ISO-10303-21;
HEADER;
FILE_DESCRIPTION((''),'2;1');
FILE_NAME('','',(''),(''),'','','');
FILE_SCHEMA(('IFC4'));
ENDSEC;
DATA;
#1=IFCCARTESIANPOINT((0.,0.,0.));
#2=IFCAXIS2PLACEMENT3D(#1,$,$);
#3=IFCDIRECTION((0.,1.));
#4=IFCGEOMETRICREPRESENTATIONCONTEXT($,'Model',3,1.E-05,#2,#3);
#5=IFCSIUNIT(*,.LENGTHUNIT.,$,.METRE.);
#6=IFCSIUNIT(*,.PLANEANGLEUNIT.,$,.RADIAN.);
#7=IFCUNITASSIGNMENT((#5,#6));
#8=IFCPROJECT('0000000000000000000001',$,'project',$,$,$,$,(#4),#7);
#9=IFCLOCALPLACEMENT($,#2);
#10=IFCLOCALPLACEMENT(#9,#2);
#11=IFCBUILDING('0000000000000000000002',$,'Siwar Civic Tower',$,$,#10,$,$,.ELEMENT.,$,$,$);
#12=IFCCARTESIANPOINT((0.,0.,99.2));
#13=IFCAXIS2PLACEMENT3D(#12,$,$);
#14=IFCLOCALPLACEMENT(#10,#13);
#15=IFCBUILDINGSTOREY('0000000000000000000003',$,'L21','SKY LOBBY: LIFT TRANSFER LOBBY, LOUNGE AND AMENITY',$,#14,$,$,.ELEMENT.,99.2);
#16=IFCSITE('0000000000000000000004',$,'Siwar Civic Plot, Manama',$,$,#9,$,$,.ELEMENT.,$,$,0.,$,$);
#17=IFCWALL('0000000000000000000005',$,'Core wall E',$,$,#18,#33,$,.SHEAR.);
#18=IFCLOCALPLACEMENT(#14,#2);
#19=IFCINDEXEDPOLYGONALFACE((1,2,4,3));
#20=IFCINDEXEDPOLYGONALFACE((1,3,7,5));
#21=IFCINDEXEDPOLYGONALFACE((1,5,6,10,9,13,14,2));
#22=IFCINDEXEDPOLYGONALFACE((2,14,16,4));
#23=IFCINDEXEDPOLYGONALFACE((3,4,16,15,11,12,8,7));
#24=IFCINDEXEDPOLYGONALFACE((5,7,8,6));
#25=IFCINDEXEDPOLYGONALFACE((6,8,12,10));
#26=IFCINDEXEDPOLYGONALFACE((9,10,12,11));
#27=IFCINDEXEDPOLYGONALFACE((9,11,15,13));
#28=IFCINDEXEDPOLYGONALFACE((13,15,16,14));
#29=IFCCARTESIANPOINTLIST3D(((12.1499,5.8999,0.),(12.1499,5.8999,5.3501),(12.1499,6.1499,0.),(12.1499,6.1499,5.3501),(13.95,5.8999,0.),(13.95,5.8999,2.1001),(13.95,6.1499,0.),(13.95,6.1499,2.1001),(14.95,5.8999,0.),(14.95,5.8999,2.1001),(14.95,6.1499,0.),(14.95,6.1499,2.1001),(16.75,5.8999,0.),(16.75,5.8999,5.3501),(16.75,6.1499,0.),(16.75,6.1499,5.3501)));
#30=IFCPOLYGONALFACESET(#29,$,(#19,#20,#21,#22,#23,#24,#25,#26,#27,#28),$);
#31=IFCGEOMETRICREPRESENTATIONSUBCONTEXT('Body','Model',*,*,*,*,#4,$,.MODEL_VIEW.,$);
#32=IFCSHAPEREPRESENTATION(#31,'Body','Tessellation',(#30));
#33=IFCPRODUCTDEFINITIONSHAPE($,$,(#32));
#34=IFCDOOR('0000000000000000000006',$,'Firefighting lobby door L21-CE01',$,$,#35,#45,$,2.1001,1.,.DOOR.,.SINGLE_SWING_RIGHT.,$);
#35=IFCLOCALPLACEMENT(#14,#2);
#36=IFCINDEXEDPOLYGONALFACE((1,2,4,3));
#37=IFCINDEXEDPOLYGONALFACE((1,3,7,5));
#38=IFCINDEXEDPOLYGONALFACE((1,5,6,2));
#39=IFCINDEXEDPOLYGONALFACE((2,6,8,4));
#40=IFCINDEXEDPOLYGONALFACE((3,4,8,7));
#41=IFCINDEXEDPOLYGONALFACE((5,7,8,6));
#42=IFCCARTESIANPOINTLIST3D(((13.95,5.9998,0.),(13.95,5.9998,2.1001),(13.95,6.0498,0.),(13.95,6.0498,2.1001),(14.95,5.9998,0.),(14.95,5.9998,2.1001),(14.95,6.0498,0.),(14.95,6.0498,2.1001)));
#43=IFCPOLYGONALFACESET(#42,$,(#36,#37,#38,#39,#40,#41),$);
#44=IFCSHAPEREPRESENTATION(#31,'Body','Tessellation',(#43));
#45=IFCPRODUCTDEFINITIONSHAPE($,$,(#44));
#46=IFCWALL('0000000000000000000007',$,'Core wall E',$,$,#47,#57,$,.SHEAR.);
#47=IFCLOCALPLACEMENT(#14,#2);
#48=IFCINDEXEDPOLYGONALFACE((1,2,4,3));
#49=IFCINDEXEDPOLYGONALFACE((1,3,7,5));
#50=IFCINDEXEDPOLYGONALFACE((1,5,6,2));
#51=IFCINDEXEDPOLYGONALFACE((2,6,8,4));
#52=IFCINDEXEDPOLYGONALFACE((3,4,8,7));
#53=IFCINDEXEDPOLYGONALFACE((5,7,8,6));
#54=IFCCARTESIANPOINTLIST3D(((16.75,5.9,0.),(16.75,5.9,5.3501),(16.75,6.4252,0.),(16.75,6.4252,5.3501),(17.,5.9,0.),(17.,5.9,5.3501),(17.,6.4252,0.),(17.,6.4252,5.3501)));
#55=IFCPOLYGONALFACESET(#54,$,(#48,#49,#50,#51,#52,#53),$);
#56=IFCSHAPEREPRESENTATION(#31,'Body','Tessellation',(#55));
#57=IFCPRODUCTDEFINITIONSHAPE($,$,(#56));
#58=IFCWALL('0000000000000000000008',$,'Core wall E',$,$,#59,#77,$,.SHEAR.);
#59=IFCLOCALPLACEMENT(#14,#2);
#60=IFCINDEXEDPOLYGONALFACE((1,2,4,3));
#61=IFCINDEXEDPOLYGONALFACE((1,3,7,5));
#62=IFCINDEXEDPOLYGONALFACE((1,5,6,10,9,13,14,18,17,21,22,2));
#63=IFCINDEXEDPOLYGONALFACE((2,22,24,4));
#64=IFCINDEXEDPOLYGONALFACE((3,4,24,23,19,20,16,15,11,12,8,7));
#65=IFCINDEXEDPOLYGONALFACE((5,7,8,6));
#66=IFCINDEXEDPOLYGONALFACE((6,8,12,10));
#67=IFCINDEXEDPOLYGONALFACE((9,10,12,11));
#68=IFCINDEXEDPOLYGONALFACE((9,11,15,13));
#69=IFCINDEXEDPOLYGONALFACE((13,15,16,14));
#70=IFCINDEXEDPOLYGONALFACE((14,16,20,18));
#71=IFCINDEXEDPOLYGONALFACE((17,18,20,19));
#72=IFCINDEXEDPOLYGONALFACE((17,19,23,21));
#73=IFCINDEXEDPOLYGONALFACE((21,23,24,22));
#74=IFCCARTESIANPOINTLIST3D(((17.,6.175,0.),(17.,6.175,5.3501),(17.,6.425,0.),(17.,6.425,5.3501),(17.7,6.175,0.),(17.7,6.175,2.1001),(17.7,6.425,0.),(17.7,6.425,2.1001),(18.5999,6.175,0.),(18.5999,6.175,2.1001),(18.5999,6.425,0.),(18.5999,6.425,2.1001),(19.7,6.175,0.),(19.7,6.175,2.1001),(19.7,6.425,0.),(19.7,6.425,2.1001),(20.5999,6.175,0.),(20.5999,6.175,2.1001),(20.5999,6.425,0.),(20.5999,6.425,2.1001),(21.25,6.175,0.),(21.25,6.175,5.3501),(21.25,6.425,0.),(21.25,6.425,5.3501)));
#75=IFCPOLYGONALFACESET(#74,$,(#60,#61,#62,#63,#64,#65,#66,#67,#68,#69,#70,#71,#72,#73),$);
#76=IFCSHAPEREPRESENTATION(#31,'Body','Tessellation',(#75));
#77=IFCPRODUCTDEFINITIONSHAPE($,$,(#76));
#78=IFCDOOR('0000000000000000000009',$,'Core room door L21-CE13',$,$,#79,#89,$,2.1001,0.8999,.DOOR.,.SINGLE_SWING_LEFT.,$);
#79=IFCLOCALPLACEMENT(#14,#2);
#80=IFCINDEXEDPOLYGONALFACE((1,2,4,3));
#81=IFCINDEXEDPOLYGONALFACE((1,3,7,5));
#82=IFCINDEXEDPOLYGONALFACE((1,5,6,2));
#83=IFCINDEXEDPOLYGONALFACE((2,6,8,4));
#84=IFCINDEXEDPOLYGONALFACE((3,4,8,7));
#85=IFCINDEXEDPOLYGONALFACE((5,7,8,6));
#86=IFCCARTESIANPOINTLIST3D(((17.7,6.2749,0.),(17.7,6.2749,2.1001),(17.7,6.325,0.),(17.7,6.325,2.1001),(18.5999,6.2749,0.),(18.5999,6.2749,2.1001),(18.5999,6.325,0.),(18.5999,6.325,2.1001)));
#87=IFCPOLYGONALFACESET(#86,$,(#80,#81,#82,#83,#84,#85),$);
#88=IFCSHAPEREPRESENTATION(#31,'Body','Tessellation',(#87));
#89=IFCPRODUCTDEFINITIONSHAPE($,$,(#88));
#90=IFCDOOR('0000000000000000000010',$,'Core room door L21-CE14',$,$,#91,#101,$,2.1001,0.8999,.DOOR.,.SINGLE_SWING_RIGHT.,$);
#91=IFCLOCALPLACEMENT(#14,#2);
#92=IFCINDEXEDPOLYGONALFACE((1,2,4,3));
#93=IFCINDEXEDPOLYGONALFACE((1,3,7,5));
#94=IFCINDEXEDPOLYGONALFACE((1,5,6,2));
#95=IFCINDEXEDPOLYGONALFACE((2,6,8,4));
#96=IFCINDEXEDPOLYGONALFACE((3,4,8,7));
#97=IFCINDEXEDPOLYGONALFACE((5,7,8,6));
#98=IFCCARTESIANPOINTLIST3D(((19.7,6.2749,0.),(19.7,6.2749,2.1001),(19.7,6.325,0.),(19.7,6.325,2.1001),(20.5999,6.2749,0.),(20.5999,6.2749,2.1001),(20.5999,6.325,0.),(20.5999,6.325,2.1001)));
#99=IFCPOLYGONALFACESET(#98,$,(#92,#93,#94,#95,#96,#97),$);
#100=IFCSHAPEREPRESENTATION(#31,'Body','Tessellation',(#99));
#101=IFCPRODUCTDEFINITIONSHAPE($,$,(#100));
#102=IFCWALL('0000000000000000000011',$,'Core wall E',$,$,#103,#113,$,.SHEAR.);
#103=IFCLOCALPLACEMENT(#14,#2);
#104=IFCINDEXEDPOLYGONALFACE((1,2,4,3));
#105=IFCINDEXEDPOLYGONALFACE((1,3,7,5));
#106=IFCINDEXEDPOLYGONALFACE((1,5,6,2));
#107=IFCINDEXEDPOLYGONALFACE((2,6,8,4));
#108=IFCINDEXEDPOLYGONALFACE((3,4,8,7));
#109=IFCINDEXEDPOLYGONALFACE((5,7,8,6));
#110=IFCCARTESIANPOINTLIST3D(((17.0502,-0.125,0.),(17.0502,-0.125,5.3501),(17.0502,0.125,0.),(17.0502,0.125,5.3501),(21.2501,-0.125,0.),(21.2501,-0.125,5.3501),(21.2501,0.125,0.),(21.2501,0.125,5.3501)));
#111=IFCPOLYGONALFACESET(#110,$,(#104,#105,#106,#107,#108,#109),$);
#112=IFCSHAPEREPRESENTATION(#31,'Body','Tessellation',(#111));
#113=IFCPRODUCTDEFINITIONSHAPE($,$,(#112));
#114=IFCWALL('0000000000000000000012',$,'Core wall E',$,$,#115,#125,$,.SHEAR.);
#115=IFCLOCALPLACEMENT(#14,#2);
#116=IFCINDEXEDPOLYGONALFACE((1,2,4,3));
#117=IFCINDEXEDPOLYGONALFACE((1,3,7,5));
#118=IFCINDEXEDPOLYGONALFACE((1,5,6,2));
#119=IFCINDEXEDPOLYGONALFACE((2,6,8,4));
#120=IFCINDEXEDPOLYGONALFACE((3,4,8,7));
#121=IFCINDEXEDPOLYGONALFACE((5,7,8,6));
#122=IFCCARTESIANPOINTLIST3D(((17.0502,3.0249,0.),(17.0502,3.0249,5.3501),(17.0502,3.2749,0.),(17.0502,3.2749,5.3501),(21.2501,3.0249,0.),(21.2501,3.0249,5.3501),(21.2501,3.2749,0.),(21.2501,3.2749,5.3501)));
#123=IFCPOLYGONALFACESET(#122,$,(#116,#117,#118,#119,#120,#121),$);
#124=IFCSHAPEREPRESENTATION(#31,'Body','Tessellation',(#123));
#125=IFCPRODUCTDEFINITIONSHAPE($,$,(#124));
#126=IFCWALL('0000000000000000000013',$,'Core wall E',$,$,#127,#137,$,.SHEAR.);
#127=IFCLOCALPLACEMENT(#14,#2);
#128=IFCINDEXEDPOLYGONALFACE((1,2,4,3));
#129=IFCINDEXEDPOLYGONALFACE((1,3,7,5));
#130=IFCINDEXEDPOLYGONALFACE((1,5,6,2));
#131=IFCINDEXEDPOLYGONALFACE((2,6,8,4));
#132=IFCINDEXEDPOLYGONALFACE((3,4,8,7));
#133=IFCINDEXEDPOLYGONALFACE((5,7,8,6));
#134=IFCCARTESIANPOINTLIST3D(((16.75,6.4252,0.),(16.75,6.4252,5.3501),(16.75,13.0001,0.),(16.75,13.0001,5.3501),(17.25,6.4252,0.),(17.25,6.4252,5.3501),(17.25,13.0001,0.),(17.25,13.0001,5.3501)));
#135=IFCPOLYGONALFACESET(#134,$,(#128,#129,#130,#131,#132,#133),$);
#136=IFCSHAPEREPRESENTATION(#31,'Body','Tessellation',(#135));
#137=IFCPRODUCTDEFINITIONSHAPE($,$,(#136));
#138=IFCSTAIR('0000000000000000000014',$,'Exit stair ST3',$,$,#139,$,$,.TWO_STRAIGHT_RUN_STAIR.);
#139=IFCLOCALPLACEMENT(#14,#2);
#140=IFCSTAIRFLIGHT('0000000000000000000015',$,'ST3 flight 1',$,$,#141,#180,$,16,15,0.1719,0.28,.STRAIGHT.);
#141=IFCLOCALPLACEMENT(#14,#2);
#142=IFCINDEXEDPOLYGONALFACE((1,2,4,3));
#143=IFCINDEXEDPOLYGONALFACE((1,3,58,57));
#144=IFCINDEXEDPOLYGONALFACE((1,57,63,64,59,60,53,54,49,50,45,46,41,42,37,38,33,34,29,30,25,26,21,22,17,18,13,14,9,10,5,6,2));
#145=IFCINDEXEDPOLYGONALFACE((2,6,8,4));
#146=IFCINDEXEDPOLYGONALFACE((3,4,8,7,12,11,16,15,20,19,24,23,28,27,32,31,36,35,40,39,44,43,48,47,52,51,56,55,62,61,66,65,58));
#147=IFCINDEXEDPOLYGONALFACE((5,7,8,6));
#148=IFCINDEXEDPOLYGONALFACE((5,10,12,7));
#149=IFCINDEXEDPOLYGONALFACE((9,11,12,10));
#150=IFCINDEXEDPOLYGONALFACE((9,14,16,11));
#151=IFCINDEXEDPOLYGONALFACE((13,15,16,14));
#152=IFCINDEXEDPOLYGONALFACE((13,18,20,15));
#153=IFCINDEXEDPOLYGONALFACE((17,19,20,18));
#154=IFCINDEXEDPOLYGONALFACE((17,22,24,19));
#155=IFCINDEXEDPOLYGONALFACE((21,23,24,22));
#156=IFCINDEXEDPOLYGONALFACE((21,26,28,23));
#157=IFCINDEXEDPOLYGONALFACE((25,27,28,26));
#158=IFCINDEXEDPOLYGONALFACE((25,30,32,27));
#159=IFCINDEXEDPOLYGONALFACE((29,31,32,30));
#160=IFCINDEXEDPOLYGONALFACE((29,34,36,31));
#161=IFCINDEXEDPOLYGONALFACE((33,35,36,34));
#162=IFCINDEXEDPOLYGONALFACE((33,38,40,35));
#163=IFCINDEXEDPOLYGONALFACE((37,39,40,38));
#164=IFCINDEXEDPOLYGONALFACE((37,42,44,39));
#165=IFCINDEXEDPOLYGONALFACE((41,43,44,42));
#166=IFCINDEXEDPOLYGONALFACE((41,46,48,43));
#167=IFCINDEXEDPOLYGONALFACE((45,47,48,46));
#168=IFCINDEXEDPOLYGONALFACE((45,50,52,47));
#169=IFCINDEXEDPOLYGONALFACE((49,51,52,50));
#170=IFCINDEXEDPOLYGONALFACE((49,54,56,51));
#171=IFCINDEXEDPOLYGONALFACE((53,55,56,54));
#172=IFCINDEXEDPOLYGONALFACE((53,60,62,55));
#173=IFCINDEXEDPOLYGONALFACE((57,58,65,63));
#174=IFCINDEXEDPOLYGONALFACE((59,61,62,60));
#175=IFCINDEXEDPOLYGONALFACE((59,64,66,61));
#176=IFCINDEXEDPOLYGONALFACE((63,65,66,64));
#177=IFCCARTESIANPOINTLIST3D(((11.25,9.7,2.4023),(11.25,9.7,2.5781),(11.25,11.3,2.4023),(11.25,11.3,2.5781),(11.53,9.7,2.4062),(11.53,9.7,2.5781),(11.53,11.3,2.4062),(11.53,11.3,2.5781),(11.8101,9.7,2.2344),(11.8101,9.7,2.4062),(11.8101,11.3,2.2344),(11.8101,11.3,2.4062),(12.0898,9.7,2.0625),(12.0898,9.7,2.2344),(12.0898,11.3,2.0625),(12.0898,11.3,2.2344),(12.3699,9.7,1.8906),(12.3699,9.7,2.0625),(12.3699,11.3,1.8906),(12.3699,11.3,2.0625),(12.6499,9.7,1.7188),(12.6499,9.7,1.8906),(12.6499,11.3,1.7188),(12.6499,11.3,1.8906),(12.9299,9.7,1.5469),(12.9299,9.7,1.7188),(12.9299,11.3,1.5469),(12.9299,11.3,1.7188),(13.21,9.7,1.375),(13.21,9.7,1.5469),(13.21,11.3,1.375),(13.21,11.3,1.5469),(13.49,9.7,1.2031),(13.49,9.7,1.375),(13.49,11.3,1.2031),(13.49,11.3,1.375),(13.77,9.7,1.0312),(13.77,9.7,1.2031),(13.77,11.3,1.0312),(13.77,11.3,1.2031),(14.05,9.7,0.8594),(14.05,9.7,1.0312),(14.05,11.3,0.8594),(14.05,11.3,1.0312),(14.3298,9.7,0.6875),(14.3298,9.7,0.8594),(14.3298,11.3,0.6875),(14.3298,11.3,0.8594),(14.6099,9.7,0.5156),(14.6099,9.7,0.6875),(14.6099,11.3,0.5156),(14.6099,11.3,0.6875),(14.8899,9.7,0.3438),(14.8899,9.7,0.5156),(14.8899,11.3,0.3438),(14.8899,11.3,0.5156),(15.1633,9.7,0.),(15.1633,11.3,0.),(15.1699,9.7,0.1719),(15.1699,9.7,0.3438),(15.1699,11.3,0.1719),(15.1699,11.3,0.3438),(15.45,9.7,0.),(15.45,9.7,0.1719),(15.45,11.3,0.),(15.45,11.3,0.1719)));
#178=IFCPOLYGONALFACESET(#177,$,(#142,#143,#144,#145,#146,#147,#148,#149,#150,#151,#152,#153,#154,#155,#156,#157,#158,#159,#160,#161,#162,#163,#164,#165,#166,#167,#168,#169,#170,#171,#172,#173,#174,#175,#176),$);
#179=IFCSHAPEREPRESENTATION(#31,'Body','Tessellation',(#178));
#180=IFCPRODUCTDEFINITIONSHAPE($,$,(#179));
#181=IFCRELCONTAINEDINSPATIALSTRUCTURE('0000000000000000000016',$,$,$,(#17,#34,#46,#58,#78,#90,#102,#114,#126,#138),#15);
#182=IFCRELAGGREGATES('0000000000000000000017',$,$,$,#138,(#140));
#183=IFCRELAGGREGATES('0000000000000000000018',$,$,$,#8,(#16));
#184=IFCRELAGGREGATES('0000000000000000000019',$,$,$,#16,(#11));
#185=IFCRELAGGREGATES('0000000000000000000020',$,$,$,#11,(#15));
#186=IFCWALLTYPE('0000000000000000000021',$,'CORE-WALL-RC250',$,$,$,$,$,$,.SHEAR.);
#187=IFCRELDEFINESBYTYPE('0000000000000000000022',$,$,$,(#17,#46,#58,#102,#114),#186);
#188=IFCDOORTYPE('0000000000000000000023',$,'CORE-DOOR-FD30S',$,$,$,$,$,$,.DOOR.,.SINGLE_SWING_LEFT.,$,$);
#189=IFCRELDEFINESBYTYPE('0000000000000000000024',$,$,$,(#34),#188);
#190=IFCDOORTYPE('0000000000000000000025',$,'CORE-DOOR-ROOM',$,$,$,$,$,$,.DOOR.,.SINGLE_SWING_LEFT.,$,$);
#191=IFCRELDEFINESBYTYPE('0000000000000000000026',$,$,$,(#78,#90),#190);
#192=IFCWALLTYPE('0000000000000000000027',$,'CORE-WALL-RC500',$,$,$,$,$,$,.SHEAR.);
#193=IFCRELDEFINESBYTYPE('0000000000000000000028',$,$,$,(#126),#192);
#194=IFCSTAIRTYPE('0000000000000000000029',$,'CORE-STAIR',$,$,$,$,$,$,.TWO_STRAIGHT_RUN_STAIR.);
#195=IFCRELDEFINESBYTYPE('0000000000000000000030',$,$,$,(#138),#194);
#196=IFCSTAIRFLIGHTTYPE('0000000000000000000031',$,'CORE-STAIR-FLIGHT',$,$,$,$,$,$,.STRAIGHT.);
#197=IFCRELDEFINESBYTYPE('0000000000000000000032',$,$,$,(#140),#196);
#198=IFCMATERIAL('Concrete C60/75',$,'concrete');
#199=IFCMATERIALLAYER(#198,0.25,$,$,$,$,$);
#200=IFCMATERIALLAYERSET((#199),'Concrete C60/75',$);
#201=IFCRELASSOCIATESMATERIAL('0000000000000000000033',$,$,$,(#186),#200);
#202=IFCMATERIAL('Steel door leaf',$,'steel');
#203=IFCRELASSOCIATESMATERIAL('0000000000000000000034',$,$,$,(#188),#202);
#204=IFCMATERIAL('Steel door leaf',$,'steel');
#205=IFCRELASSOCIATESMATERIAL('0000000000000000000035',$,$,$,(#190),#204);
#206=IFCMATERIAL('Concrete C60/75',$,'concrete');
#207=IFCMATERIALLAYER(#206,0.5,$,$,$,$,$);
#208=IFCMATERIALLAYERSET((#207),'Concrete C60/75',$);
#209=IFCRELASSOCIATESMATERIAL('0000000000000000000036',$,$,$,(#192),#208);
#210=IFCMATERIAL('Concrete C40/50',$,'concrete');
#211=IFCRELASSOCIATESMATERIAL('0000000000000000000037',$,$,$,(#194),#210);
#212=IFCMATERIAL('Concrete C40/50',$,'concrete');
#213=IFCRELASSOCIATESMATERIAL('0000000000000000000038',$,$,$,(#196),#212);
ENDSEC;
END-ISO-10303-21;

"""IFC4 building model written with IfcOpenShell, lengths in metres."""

from ifc_helpers import new_model, si_unit, direction, frame, frame_2d, origin, place, context, subcontext, project, spatial, polyline, rectangle, outline, extrude, material, layer, layer_set, type_object, element, fill, aggregate, save


model = new_model("IFC4")

# Units and contexts
model_context = context("Model", 3, precision=1e-05, world=origin(), true_north=direction((0.0, 1.0)))
body_context = subcontext(model_context, "Body", "Model", "MODEL_VIEW")
ifc_project = project(units=[si_unit("LENGTHUNIT", "METRE"), si_unit("PLANEANGLEUNIT", "RADIAN")], contexts=[model_context])

# Site, building, storey
site_placement = place(None, origin())
site = spatial("IfcSite", under=ifc_project, at=site_placement, Name="Siwar Civic Plot, Manama", CompositionType="ELEMENT", RefElevation=0.0)
building_placement = place(site_placement, origin())
building = spatial("IfcBuilding", under=site, at=building_placement, Name="Siwar Civic Tower", CompositionType="ELEMENT")
storey_placement = place(building_placement, frame((0.0, 0.0, 99.2)))
storey = spatial("IfcBuildingStorey", under=building, at=storey_placement, Name="L21", Description="SKY LOBBY: LIFT TRANSFER LOBBY, LOUNGE AND AMENITY", CompositionType="ELEMENT", Elevation=99.2)

# Wall, opening, door
ifc_material_1 = material(Name="Concrete C60/75", Category="concrete")
ifc_layer_1 = layer(ifc_material_1, 0.25)
ifc_layer_set_1 = layer_set([ifc_layer_1], Name="Concrete C60/75")
wall_type_1 = type_object("IfcWallType", Name="CORE-WALL-RC250", PredefinedType="SHEAR", material=ifc_layer_set_1)
wall_1_placement = place(storey_placement, frame((12.1499, 6.0249, 0.0), z_axis=(0.0, 0.0, 1.0), x_axis=(1.0, 0.0, 0.0)))
wall_1 = element("IfcWall", 1, at=wall_1_placement, inside=storey, type_object=wall_type_1, Name="Core wall E", PredefinedType="SHEAR", context=body_context, shape_type="SweptSolid", body=[
    extrude(rectangle(XDim=4.6001, YDim=0.25, at=frame_2d((2.3, 0.0))), origin(), (0.0, 0.0, 1.0), 5.3501),
])
opening_1_placement = place(wall_1_placement, frame((1.8, 0.0, 0.0)))
opening_1 = element("IfcOpeningElement", 2, at=opening_1_placement, cuts=wall_1, PredefinedType="OPENING", context=body_context, shape_type="SweptSolid", body=[
    extrude(rectangle(XDim=1.0, YDim=2.1001, at=frame_2d((0.5, 1.05))), frame((0.0, 0.135, 0.0), z_axis=(0.0, -1.0, 0.0), x_axis=(1.0, 0.0, 0.0)), (0.0, 0.0, 1.0), 0.27),
])
ifc_material_2 = material(Name="Steel door leaf", Category="steel")
door_type_1 = type_object("IfcDoorType", Name="CORE-DOOR-FD30S", OperationType="SINGLE_SWING_LEFT", PredefinedType="DOOR", material=ifc_material_2)
door_1_placement = place(opening_1_placement, origin())
door_1 = element("IfcDoor", 3, at=door_1_placement, inside=storey, type_object=door_type_1, Name="Firefighting lobby door L21-CE01", OperationType="SINGLE_SWING_RIGHT", OverallHeight=2.1001, OverallWidth=1.0, PredefinedType="DOOR", context=body_context, shape_type="SweptSolid", body=[
    extrude(rectangle(XDim=1.0, YDim=2.1001, at=frame_2d((0.5, 1.05))), frame((0.0, 0.0249, 0.0), z_axis=(0.0, -1.0, 0.0), x_axis=(1.0, 0.0, 0.0)), (0.0, 0.0, 1.0), 0.05),
])
fill(opening_1, door_1)

# Wall
wall_2_placement = place(storey_placement, frame((16.875, 5.8999, 0.0), z_axis=(0.0, 0.0, 1.0), x_axis=(0.0, 1.0, 0.0)))
element("IfcWall", 4, at=wall_2_placement, inside=storey, type_object=wall_type_1, Name="Core wall E", PredefinedType="SHEAR", context=body_context, shape_type="SweptSolid", body=[
    extrude(rectangle(XDim=0.5251, YDim=0.25, at=frame_2d((0.2627, 0.0))), origin(), (0.0, 0.0, 1.0), 5.3501),
])

# Wall, openings, doors
wall_3_placement = place(storey_placement, frame((17.0, 6.3, 0.0), z_axis=(0.0, 0.0, 1.0), x_axis=(1.0, 0.0, 0.0)))
wall_3 = element("IfcWall", 5, at=wall_3_placement, inside=storey, type_object=wall_type_1, Name="Core wall E", PredefinedType="SHEAR", context=body_context, shape_type="SweptSolid", body=[
    extrude(rectangle(XDim=4.25, YDim=0.25, at=frame_2d((2.125, 0.0))), origin(), (0.0, 0.0, 1.0), 5.3501),
])
opening_2_placement = place(wall_3_placement, frame((0.7, 0.0, 0.0)))
opening_2 = element("IfcOpeningElement", 6, at=opening_2_placement, cuts=wall_3, PredefinedType="OPENING", context=body_context, shape_type="SweptSolid", body=[
    extrude(rectangle(XDim=0.8999, YDim=2.1001, at=frame_2d((0.45, 1.05))), frame((0.0, 0.135, 0.0), z_axis=(0.0, -1.0, 0.0), x_axis=(1.0, 0.0, 0.0)), (0.0, 0.0, 1.0), 0.27),
])
opening_3_placement = place(wall_3_placement, frame((2.7, 0.0, 0.0)))
opening_3 = element("IfcOpeningElement", 7, at=opening_3_placement, cuts=wall_3, PredefinedType="OPENING", context=body_context, shape_type="SweptSolid", body=[
    extrude(rectangle(XDim=0.8999, YDim=2.1001, at=frame_2d((0.45, 1.05))), frame((0.0, 0.135, 0.0), z_axis=(0.0, -1.0, 0.0), x_axis=(1.0, 0.0, 0.0)), (0.0, 0.0, 1.0), 0.27),
])
ifc_material_3 = material(Name="Steel door leaf", Category="steel")
door_type_2 = type_object("IfcDoorType", Name="CORE-DOOR-ROOM", OperationType="SINGLE_SWING_LEFT", PredefinedType="DOOR", material=ifc_material_3)
door_2_placement = place(opening_2_placement, origin())
door_2 = element("IfcDoor", 8, at=door_2_placement, inside=storey, type_object=door_type_2, Name="Core room door L21-CE13", OperationType="SINGLE_SWING_LEFT", OverallHeight=2.1001, OverallWidth=0.8999, PredefinedType="DOOR", context=body_context, shape_type="SweptSolid", body=[
    extrude(rectangle(XDim=0.8999, YDim=2.1001, at=frame_2d((0.45, 1.05))), frame((0.0, 0.0249, 0.0), z_axis=(0.0, -1.0, 0.0), x_axis=(1.0, 0.0, 0.0)), (0.0, 0.0, 1.0), 0.05),
])
fill(opening_2, door_2)
door_3_placement = place(opening_3_placement, origin())
door_3 = element("IfcDoor", 9, at=door_3_placement, inside=storey, type_object=door_type_2, Name="Core room door L21-CE14", OperationType="SINGLE_SWING_RIGHT", OverallHeight=2.1001, OverallWidth=0.8999, PredefinedType="DOOR", context=body_context, shape_type="SweptSolid", body=[
    extrude(rectangle(XDim=0.8999, YDim=2.1001, at=frame_2d((0.45, 1.05))), frame((0.0, 0.0249, 0.0), z_axis=(0.0, -1.0, 0.0), x_axis=(1.0, 0.0, 0.0)), (0.0, 0.0, 1.0), 0.05),
])
fill(opening_3, door_3)

# Walls
for number, where, z_axis, x_axis, name in (
    (10, (17.05, 0.0, 0.0), (0.0, 0.0, 1.0), (1.0, 0.0, 0.0), "Core wall E"),
    (11, (17.05, 3.1499, 0.0), (0.0, 0.0, 1.0), (1.0, 0.0, 0.0), "Core wall E"),
):
    element("IfcWall", number, at=place(storey_placement, frame(where, z_axis=z_axis, x_axis=x_axis)), inside=storey, type_object=wall_type_1, Name=name, PredefinedType="SHEAR", context=body_context, shape_type="SweptSolid", body=[
        extrude(rectangle(XDim=4.2, YDim=0.25, at=frame_2d((2.1001, 0.0))), origin(), (0.0, 0.0, 1.0), 5.3501),
    ])
ifc_material_4 = material(Name="Concrete C60/75", Category="concrete")
ifc_layer_2 = layer(ifc_material_4, 0.5)
ifc_layer_set_2 = layer_set([ifc_layer_2], Name="Concrete C60/75")
wall_type_2 = type_object("IfcWallType", Name="CORE-WALL-RC500", PredefinedType="SHEAR", material=ifc_layer_set_2)
wall_4_placement = place(storey_placement, frame((17.0, 6.425, 0.0), z_axis=(0.0, 0.0, 1.0), x_axis=(0.0, 1.0, 0.0)))
element("IfcWall", 12, at=wall_4_placement, inside=storey, type_object=wall_type_2, Name="Core wall E", PredefinedType="SHEAR", context=body_context, shape_type="SweptSolid", body=[
    extrude(rectangle(XDim=6.575, YDim=0.5, at=frame_2d((3.2876, 0.0))), origin(), (0.0, 0.0, 1.0), 5.3501),
])

# Stair, stair flight
ifc_material_5 = material(Name="Concrete C40/50", Category="concrete")
stair_type = type_object("IfcStairType", Name="CORE-STAIR", PredefinedType="TWO_STRAIGHT_RUN_STAIR", material=ifc_material_5)
stair_placement = place(storey_placement, origin())
stair = element("IfcStair", 13, at=stair_placement, inside=storey, type_object=stair_type, Name="Exit stair ST3", PredefinedType="TWO_STRAIGHT_RUN_STAIR")
ifc_material_6 = material(Name="Concrete C40/50", Category="concrete")
stair_flight_type = type_object("IfcStairFlightType", Name="CORE-STAIR-FLIGHT", PredefinedType="STRAIGHT", material=ifc_material_6)
stair_flight_placement = place(storey_placement, frame((15.45, 10.5, 0.0), z_axis=(0.0, 0.0, 1.0), x_axis=(-1.0, 0.0, 0.0)))
stair_flight = element("IfcStairFlight", 14, at=stair_flight_placement, type_object=stair_flight_type, Name="ST3 flight 1", NumberOfRisers=16, NumberOfTreads=15, PredefinedType="STRAIGHT", RiserHeight=0.1719, TreadLength=0.28, context=body_context, shape_type="SweptSolid", body=[
    extrude(outline(polyline([(0.0, 0.0), (0.0, 0.1719), (0.28, 0.1719), (0.28, 0.3438), (0.5601, 0.3438), (0.5601, 0.5156), (0.8401, 0.5156), (0.8401, 0.6875), (1.1201, 0.6875), (1.1201, 0.8594), (1.3999, 0.8594), (1.3999, 1.0312), (1.6799, 1.0312), (1.6799, 1.2031), (1.96, 1.2031), (1.96, 1.375), (2.24, 1.375), (2.24, 1.5469), (2.52, 1.5469), (2.52, 1.7188), (2.8, 1.7188), (2.8, 1.8906), (3.0801, 1.8906), (3.0801, 2.0625), (3.3601, 2.0625), (3.3601, 2.2344), (3.6399, 2.2344), (3.6399, 2.4062), (3.9199, 2.4062), (3.9199, 2.5781), (4.2, 2.5781), (4.2, 2.75), (4.2, 2.4023), (0.2866, 0.0), (0.0, 0.0)])), frame((0.0, 0.8, 0.0), z_axis=(0.0, -1.0, 0.0), x_axis=(1.0, 0.0, 0.0)), (0.0, 0.0, 1.0), 1.6001),
])
aggregate(stair, [stair_flight])

save(model, "model.ifc")
